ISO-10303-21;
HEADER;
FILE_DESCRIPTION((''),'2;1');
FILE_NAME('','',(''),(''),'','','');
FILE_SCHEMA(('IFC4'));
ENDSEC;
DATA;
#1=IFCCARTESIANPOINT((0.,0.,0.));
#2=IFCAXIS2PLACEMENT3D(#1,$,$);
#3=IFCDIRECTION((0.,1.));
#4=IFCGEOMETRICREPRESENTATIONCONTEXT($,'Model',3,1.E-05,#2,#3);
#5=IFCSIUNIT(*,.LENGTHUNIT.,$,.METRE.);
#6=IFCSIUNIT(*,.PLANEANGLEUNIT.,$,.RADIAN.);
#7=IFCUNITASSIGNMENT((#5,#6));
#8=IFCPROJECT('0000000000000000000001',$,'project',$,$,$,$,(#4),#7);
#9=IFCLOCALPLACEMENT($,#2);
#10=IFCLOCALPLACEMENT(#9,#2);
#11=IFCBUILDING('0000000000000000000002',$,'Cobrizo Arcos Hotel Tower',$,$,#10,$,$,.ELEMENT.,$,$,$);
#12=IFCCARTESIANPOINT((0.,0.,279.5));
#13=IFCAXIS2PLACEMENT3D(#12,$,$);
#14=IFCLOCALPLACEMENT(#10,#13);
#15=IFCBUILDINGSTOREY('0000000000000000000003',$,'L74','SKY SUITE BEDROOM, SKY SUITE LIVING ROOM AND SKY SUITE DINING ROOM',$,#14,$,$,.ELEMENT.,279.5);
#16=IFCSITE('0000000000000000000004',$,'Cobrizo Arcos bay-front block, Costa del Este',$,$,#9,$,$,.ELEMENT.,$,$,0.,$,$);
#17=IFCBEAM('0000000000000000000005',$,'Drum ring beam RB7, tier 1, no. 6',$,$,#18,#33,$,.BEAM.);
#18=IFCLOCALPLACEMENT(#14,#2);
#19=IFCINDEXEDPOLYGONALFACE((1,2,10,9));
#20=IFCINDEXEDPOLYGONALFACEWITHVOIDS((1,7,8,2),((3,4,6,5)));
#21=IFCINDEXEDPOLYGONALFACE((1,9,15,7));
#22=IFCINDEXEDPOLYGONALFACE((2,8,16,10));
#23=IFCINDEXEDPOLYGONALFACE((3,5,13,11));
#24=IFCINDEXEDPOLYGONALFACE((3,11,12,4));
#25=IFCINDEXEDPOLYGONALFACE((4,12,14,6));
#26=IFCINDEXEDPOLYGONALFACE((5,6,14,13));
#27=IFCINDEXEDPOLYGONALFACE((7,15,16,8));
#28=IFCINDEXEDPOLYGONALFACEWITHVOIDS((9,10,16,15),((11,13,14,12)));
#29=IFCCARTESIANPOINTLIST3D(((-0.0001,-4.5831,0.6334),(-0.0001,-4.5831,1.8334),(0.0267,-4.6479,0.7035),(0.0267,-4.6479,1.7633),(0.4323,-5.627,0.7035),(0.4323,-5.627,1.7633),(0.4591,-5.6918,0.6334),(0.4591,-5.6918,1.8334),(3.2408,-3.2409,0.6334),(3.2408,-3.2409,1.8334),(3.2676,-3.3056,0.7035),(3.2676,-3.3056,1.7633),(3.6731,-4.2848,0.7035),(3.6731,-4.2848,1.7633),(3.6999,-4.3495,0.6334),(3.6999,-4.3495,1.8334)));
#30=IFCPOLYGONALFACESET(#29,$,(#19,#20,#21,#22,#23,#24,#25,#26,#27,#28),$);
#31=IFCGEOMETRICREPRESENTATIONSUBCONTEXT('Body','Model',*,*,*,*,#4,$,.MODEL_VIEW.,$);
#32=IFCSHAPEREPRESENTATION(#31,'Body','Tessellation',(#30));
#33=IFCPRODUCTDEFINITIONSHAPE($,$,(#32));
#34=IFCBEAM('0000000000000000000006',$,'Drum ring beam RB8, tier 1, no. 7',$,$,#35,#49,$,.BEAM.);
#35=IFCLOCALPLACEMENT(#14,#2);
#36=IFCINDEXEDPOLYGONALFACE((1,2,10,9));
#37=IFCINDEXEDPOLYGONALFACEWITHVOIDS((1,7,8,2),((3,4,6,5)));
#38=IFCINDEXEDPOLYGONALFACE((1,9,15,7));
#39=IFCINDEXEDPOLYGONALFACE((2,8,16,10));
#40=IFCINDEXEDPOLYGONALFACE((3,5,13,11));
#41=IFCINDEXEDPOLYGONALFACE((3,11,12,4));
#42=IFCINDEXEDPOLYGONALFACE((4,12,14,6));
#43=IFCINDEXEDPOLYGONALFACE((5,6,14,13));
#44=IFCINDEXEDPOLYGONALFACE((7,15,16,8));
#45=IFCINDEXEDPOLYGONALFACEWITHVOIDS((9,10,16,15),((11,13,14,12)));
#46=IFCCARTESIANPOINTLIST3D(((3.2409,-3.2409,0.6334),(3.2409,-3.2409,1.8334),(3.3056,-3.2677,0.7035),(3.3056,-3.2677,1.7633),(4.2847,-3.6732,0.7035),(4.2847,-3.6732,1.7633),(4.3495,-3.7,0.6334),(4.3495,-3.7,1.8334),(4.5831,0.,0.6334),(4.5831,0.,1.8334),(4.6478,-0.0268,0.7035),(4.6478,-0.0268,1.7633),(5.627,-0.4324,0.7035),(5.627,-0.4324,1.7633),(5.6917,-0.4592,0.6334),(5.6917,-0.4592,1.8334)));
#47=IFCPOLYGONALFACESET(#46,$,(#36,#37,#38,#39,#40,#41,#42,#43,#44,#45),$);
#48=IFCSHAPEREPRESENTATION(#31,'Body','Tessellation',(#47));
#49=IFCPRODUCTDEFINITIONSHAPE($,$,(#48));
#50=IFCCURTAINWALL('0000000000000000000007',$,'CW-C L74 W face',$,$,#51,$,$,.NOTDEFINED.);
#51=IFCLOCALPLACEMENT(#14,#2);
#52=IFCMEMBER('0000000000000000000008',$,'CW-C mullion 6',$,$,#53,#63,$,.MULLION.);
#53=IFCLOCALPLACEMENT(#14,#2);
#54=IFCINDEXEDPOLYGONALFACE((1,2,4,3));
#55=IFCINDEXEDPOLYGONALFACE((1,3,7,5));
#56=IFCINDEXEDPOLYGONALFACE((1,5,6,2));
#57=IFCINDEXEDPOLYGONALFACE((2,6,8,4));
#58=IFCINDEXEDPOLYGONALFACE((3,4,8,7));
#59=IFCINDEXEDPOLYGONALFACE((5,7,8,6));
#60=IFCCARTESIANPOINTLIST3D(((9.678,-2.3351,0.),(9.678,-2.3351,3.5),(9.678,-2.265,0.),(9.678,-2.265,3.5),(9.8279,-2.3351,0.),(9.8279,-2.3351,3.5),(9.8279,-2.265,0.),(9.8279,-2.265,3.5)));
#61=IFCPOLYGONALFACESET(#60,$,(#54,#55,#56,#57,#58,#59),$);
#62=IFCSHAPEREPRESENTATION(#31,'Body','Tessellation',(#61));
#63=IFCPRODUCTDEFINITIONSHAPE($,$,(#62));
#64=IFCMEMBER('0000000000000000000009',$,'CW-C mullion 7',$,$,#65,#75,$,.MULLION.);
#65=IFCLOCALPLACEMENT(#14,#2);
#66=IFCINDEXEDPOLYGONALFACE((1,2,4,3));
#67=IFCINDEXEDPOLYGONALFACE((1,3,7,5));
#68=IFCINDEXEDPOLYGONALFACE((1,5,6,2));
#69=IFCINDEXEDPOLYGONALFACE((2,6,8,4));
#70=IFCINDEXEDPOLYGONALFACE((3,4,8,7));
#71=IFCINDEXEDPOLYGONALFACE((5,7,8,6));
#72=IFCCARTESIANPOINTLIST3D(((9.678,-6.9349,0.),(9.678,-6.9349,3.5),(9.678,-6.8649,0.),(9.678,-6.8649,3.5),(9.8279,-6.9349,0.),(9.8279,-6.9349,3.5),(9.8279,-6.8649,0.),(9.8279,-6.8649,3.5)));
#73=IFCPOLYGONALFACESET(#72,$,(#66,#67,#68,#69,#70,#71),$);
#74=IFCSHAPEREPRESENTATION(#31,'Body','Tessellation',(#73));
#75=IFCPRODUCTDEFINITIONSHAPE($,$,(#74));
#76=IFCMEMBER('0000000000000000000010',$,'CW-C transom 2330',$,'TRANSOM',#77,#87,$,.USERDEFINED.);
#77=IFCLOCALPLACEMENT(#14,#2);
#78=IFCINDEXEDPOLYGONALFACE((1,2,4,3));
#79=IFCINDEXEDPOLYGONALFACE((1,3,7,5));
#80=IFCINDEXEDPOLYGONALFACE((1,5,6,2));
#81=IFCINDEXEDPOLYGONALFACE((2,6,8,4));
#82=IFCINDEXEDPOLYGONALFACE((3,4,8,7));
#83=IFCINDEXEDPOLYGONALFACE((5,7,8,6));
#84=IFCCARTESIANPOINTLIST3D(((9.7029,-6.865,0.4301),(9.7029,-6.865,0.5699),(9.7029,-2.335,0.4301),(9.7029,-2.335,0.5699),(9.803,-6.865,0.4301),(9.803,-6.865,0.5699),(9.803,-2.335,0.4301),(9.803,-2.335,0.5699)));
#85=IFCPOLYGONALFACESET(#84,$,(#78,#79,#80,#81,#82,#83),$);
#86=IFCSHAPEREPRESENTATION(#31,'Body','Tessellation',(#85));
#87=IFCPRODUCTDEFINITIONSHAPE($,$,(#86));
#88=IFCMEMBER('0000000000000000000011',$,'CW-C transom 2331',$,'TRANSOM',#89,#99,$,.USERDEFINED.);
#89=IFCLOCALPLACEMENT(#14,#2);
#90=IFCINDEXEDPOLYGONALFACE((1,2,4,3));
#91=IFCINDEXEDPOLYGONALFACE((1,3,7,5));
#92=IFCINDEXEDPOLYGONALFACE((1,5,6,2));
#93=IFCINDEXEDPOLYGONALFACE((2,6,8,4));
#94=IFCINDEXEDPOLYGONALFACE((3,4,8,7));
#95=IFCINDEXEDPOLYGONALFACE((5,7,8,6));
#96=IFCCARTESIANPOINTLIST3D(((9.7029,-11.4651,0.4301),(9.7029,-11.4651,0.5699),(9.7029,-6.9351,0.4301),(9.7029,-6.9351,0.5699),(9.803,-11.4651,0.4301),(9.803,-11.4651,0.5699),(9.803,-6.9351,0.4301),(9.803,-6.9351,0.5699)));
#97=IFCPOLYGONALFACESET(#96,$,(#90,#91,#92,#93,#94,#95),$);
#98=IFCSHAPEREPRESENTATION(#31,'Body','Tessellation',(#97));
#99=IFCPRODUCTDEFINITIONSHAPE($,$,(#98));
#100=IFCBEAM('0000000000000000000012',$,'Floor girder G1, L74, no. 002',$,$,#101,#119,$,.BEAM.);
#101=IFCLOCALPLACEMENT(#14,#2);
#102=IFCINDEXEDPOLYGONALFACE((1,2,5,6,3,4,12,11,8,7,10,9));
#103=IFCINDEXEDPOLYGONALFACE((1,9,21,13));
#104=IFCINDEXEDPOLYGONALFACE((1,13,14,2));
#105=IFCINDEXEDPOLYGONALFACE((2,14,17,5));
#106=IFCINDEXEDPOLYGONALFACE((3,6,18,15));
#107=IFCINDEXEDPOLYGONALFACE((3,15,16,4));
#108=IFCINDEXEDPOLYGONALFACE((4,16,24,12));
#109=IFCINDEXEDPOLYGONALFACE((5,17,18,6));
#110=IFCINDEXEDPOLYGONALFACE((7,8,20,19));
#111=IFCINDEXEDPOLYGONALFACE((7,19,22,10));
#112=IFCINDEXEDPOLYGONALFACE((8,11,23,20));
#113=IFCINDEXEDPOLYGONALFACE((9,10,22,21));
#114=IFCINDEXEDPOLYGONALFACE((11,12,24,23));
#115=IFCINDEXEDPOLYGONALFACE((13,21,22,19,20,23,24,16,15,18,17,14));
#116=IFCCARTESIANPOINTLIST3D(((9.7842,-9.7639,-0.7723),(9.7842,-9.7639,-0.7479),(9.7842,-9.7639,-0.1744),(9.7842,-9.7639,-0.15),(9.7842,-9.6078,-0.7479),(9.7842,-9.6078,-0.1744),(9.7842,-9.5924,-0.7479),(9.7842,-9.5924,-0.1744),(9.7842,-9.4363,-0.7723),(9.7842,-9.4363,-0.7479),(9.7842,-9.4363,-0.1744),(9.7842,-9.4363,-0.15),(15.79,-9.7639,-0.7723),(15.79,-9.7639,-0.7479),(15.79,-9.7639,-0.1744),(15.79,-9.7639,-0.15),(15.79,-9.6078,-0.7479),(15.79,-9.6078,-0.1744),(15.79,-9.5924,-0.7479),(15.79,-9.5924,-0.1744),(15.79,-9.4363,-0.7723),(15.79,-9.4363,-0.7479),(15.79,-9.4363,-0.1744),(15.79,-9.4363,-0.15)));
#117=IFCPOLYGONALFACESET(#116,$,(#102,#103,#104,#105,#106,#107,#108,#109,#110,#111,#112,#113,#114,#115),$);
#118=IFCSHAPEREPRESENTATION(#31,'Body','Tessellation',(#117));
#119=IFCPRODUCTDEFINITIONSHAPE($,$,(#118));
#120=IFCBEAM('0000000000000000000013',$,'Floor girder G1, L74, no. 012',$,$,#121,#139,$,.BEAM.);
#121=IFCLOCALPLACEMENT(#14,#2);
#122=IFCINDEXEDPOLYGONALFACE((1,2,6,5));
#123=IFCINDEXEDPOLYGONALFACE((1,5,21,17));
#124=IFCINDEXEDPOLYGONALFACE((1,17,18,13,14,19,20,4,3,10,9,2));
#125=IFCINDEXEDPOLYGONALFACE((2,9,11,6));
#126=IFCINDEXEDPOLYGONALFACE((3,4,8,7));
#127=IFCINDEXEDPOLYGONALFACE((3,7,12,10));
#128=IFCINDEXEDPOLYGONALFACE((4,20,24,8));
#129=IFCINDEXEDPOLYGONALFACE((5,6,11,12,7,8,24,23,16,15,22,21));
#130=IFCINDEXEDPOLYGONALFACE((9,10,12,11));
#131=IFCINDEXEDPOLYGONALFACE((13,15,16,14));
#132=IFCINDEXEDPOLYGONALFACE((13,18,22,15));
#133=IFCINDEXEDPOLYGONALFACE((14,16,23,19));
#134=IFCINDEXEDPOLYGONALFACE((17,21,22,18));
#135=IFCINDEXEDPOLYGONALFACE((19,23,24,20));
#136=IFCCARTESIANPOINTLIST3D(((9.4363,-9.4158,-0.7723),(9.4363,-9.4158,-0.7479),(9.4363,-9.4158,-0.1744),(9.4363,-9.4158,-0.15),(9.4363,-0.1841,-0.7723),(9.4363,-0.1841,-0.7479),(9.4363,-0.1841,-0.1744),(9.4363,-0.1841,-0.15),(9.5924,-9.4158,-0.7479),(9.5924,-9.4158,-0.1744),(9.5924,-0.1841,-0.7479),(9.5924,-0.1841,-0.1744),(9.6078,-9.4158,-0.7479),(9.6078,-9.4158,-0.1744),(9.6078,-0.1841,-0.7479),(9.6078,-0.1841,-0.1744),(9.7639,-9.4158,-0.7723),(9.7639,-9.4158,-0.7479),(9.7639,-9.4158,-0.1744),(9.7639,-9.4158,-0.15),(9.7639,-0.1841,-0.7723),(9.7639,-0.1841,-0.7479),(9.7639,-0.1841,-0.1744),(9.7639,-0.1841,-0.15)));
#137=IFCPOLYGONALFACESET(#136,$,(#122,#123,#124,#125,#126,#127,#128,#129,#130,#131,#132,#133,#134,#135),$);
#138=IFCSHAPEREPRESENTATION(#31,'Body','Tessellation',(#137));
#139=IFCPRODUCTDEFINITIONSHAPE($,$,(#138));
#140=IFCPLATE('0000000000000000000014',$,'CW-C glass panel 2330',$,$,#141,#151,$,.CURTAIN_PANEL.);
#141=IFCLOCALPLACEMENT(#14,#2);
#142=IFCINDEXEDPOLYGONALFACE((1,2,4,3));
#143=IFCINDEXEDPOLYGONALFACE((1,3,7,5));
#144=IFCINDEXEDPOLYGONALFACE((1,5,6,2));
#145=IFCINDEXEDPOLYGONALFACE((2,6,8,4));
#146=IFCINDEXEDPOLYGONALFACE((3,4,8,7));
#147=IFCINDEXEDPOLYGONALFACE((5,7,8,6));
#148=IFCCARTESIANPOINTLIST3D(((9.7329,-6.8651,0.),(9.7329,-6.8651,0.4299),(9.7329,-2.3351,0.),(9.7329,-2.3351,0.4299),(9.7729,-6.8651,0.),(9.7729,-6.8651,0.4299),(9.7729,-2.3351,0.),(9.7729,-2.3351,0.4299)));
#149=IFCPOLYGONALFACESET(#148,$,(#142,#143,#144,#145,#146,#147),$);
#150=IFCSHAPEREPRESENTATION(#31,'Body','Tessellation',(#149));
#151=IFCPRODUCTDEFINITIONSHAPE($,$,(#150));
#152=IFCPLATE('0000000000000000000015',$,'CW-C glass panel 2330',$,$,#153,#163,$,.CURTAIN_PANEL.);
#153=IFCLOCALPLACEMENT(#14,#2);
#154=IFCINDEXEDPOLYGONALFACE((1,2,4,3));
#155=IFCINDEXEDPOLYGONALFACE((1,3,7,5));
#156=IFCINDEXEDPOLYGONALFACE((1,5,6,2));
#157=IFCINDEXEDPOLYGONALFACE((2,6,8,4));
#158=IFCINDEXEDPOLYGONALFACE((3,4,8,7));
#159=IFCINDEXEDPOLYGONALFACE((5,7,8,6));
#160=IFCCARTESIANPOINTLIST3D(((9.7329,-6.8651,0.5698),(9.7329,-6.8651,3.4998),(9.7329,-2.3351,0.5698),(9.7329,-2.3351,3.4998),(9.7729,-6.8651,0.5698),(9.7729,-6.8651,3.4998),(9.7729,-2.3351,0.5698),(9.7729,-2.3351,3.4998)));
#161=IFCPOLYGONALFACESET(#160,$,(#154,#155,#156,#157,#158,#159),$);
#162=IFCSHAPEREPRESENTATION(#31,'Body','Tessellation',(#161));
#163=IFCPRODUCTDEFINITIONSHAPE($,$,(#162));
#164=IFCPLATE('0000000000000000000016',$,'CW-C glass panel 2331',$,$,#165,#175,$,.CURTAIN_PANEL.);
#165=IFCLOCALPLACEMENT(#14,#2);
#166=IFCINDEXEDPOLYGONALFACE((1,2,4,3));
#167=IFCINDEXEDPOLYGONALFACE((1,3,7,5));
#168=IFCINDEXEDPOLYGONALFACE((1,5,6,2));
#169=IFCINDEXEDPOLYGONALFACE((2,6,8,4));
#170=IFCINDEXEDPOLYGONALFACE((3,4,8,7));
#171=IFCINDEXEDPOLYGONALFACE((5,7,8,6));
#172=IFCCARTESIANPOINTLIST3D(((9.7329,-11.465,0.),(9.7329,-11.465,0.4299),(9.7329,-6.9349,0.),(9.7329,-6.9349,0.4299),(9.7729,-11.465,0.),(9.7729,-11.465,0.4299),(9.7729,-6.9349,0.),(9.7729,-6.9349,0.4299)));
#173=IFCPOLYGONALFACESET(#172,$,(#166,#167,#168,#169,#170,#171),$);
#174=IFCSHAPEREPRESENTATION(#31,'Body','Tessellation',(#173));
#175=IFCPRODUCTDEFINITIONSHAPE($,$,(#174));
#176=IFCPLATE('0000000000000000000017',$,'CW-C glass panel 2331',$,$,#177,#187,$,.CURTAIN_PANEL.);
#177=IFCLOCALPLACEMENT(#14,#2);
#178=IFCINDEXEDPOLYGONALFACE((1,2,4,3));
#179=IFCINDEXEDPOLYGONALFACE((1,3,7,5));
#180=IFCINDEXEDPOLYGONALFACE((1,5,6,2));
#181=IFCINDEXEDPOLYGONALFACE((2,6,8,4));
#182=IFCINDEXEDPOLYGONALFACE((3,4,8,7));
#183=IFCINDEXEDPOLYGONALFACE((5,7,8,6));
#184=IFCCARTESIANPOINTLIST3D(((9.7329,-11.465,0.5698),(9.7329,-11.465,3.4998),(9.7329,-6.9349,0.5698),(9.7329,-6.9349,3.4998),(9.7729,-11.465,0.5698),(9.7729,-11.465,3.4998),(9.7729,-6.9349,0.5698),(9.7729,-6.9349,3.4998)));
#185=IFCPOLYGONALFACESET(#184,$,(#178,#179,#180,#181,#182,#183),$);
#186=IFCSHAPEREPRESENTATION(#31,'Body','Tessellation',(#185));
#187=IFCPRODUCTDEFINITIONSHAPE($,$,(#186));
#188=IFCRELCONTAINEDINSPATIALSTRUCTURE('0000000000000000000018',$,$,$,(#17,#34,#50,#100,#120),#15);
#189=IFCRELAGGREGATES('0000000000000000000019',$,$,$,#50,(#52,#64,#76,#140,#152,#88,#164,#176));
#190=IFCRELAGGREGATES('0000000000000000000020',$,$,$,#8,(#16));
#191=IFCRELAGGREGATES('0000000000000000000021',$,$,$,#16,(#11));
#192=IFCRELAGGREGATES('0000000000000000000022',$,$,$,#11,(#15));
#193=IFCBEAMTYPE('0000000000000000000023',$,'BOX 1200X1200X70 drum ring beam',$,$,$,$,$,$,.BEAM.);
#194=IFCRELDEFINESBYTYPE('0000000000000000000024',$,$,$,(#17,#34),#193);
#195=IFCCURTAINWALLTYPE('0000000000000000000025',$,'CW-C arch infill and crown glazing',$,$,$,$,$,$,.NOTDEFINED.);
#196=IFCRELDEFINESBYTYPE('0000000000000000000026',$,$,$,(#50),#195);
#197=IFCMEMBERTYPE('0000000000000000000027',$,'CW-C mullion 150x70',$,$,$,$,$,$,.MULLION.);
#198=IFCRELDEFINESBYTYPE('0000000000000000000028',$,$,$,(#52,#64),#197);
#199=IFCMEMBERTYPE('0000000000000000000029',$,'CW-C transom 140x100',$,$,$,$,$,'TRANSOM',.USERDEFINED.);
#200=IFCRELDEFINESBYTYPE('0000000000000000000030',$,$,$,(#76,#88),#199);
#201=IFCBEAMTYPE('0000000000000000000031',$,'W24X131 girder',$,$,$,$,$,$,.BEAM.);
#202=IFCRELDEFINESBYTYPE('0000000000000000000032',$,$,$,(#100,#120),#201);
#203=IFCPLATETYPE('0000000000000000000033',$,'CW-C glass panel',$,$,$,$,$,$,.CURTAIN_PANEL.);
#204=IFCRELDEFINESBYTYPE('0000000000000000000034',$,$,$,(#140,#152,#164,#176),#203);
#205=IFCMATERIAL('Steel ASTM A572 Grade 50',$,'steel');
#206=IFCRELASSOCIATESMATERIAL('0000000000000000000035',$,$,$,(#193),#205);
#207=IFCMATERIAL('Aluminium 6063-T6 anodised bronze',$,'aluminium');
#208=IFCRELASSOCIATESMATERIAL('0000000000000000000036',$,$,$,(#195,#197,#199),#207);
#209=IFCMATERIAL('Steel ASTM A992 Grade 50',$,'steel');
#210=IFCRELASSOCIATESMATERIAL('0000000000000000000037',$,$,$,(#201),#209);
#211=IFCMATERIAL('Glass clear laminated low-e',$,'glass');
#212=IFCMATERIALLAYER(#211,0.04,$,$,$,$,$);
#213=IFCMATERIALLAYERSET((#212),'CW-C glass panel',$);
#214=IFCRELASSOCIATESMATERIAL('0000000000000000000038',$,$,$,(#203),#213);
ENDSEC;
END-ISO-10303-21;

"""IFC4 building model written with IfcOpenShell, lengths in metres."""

from ifc_helpers import new_model, si_unit, direction, frame, origin, origin_2d, place, context, subcontext, project, spatial, rectangle, hollow_rectangle, i_section, extrude, material, layer, layer_set, material_profile, profile_set, type_object, element, aggregate, save


model = new_model("IFC4")

# Units and contexts
model_context = context("Model", 3, precision=1e-05, world=origin(), true_north=direction((0.0, 1.0)))
body_context = subcontext(model_context, "Body", "Model", "MODEL_VIEW")
ifc_project = project(units=[si_unit("LENGTHUNIT", "METRE"), si_unit("PLANEANGLEUNIT", "RADIAN")], contexts=[model_context])

# Site, building, storey
site_placement = place(None, origin())
site = spatial("IfcSite", under=ifc_project, at=site_placement, Name="Cobrizo Arcos bay-front block, Costa del Este", CompositionType="ELEMENT", RefElevation=0.0)
building_placement = place(site_placement, origin())
building = spatial("IfcBuilding", under=site, at=building_placement, Name="Cobrizo Arcos Hotel Tower", CompositionType="ELEMENT")
storey_placement = place(building_placement, frame((0.0, 0.0, 279.5)))
storey = spatial("IfcBuildingStorey", under=building, at=storey_placement, Name="L74", Description="SKY SUITE BEDROOM, SKY SUITE LIVING ROOM AND SKY SUITE DINING ROOM", CompositionType="ELEMENT", Elevation=279.5)

# Beams
ifc_material_1 = material(Name="Steel ASTM A572 Grade 50", Category="steel")
ifc_material_profile_1 = material_profile(ifc_material_1, hollow_rectangle(XDim=1.2, YDim=1.2, WallThickness=0.0701, at=origin_2d()), Name="BOX 1200X1200X70")
ifc_profile_set_1 = profile_set([ifc_material_profile_1], Name="Steel ASTM A572 Grade 50")
beam_type_1 = type_object("IfcBeamType", Name="BOX 1200X1200X70 drum ring beam", PredefinedType="BEAM", material=ifc_profile_set_1)
for number, where, z_axis, x_axis, name in (
    (1, (0.2295, -5.1375, 1.2334), (0.923896, 0.382643, 0.0), (-0.382643, 0.923896, 0.0), "Drum ring beam RB7, tier 1, no. 6"),
    (2, (3.7952, -3.4705, 1.2334), (0.382643, 0.923896, 0.0), (-0.923896, 0.382643, 0.0), "Drum ring beam RB8, tier 1, no. 7"),
):
    element("IfcBeam", number, at=place(storey_placement, frame(where, z_axis=z_axis, x_axis=x_axis)), inside=storey, type_object=beam_type_1, Name=name, PredefinedType="BEAM", context=body_context, shape_type="SweptSolid", body=[
        extrude(hollow_rectangle(XDim=1.2, YDim=1.2, WallThickness=0.0701, at=origin_2d()), origin(), (0.0, 0.0, 1.0), 3.5078),
    ])

# Curtain wall, members
ifc_material_2 = material(Name="Aluminium 6063-T6 anodised bronze", Category="aluminium")
curtain_wall_type = type_object("IfcCurtainWallType", Name="CW-C arch infill and crown glazing", PredefinedType="NOTDEFINED", material=ifc_material_2)
curtain_wall_placement = place(storey_placement, origin())
curtain_wall = element("IfcCurtainWall", 3, at=curtain_wall_placement, inside=storey, type_object=curtain_wall_type, Name="CW-C L74 W face", PredefinedType="NOTDEFINED")
ifc_material_profile_2 = material_profile(ifc_material_2, rectangle(XDim=0.1499, YDim=0.0701, at=origin_2d()), Name="CW-C mullion 150x70")
ifc_profile_set_2 = profile_set([ifc_material_profile_2], Name="Aluminium 6063-T6 anodised bronze")
member_type_1 = type_object("IfcMemberType", Name="CW-C mullion 150x70", PredefinedType="MULLION", material=ifc_profile_set_2)
member_1_placement = place(storey_placement, frame((9.7529, -2.3, 0.0), z_axis=(0.0, 0.0, 1.0), x_axis=(-1.0, 0.0, 0.0)))
member_1 = element("IfcMember", 4, at=member_1_placement, type_object=member_type_1, Name="CW-C mullion 6", PredefinedType="MULLION", context=body_context, shape_type="SweptSolid", body=[
    extrude(rectangle(XDim=0.1499, YDim=0.0701, at=origin_2d()), origin(), (0.0, 0.0, 1.0), 3.5),
])
member_2_placement = place(storey_placement, frame((9.7529, -6.8999, 0.0), z_axis=(0.0, 0.0, 1.0), x_axis=(-1.0, 0.0, 0.0)))
member_2 = element("IfcMember", 5, at=member_2_placement, type_object=member_type_1, Name="CW-C mullion 7", PredefinedType="MULLION", context=body_context, shape_type="SweptSolid", body=[
    extrude(rectangle(XDim=0.1499, YDim=0.0701, at=origin_2d()), origin(), (0.0, 0.0, 1.0), 3.5),
])
ifc_material_profile_3 = material_profile(ifc_material_2, rectangle(XDim=0.1001, YDim=0.1399, at=origin_2d()), Name="CW-C transom 140x100")
ifc_profile_set_3 = profile_set([ifc_material_profile_3], Name="Aluminium 6063-T6 anodised bronze")
member_type_2 = type_object("IfcMemberType", Name="CW-C transom 140x100", ElementType="TRANSOM", PredefinedType="USERDEFINED", material=ifc_profile_set_3)
member_3_placement = place(storey_placement, frame((9.7529, -2.335, 0.5), z_axis=(0.0, -1.0, 0.0), x_axis=(1.0, 0.0, 0.0)))
member_3 = element("IfcMember", 6, at=member_3_placement, type_object=member_type_2, Name="CW-C transom 2330", ObjectType="TRANSOM", PredefinedType="USERDEFINED", context=body_context, shape_type="SweptSolid", body=[
    extrude(rectangle(XDim=0.1001, YDim=0.1399, at=origin_2d()), origin(), (0.0, 0.0, 1.0), 4.53),
])
member_4_placement = place(storey_placement, frame((9.7529, -6.9351, 0.5), z_axis=(0.0, -1.0, 0.0), x_axis=(1.0, 0.0, 0.0)))
member_4 = element("IfcMember", 7, at=member_4_placement, type_object=member_type_2, Name="CW-C transom 2331", ObjectType="TRANSOM", PredefinedType="USERDEFINED", context=body_context, shape_type="SweptSolid", body=[
    extrude(rectangle(XDim=0.1001, YDim=0.1399, at=origin_2d()), origin(), (0.0, 0.0, 1.0), 4.53),
])

# Beams
ifc_material_3 = material(Name="Steel ASTM A992 Grade 50", Category="steel")
ifc_material_profile_4 = material_profile(ifc_material_3, i_section(OverallWidth=0.3276, OverallDepth=0.6223, WebThickness=0.0154, FlangeThickness=0.0244, at=origin_2d()), Name="W24X131")
ifc_profile_set_4 = profile_set([ifc_material_profile_4], Name="Steel ASTM A992 Grade 50")
beam_type_2 = type_object("IfcBeamType", Name="W24X131 girder", PredefinedType="BEAM", material=ifc_profile_set_4)
beam_1_placement = place(storey_placement, frame((9.7842, -9.6001, -0.4612), z_axis=(1.0, 0.0, 0.0), x_axis=(0.0, 1.0, 0.0)))
element("IfcBeam", 8, at=beam_1_placement, inside=storey, type_object=beam_type_2, Name="Floor girder G1, L74, no. 002", PredefinedType="BEAM", context=body_context, shape_type="SweptSolid", body=[
    extrude(i_section(OverallWidth=0.3276, OverallDepth=0.6223, WebThickness=0.0154, FlangeThickness=0.0244, at=origin_2d()), origin(), (0.0, 0.0, 1.0), 6.0059),
])
beam_2_placement = place(storey_placement, frame((9.6001, -9.4158, -0.4612), z_axis=(0.0, 1.0, 0.0), x_axis=(-1.0, 0.0, 0.0)))
element("IfcBeam", 9, at=beam_2_placement, inside=storey, type_object=beam_type_2, Name="Floor girder G1, L74, no. 012", PredefinedType="BEAM", context=body_context, shape_type="SweptSolid", body=[
    extrude(i_section(OverallWidth=0.3276, OverallDepth=0.6223, WebThickness=0.0154, FlangeThickness=0.0244, at=origin_2d()), origin(), (0.0, 0.0, 1.0), 9.2317),
])

# Plates
ifc_material_4 = material(Name="Glass clear laminated low-e", Category="glass")
ifc_layer_1 = layer(ifc_material_4, 0.04)
ifc_layer_set_1 = layer_set([ifc_layer_1], Name="CW-C glass panel")
plate_type = type_object("IfcPlateType", Name="CW-C glass panel", PredefinedType="CURTAIN_PANEL", material=ifc_layer_set_1)
plate_1_placement = place(storey_placement, frame((9.7529, -4.6001, 0.0), z_axis=(0.0, 0.0, 1.0), x_axis=(0.0, -1.0, 0.0)))
plate_1 = element("IfcPlate", 10, at=plate_1_placement, type_object=plate_type, Name="CW-C glass panel 2330", PredefinedType="CURTAIN_PANEL", context=body_context, shape_type="SweptSolid", body=[
    extrude(rectangle(XDim=4.53, YDim=0.04, at=origin_2d()), origin(), (0.0, 0.0, 1.0), 0.4299),
])
plate_2_placement = place(storey_placement, frame((9.7529, -4.6001, 0.5698), z_axis=(0.0, 0.0, 1.0), x_axis=(0.0, -1.0, 0.0)))
plate_2 = element("IfcPlate", 11, at=plate_2_placement, type_object=plate_type, Name="CW-C glass panel 2330", PredefinedType="CURTAIN_PANEL", context=body_context, shape_type="SweptSolid", body=[
    extrude(rectangle(XDim=4.53, YDim=0.04, at=origin_2d()), origin(), (0.0, 0.0, 1.0), 2.9299),
])
plate_3_placement = place(storey_placement, frame((9.7529, -9.2, 0.0), z_axis=(0.0, 0.0, 1.0), x_axis=(0.0, -1.0, 0.0)))
plate_3 = element("IfcPlate", 12, at=plate_3_placement, type_object=plate_type, Name="CW-C glass panel 2331", PredefinedType="CURTAIN_PANEL", context=body_context, shape_type="SweptSolid", body=[
    extrude(rectangle(XDim=4.53, YDim=0.04, at=origin_2d()), origin(), (0.0, 0.0, 1.0), 0.4299),
])
plate_4_placement = place(storey_placement, frame((9.7529, -9.2, 0.5698), z_axis=(0.0, 0.0, 1.0), x_axis=(0.0, -1.0, 0.0)))
plate_4 = element("IfcPlate", 13, at=plate_4_placement, type_object=plate_type, Name="CW-C glass panel 2331", PredefinedType="CURTAIN_PANEL", context=body_context, shape_type="SweptSolid", body=[
    extrude(rectangle(XDim=4.53, YDim=0.04, at=origin_2d()), origin(), (0.0, 0.0, 1.0), 2.9299),
])
aggregate(curtain_wall, [member_1, member_2, member_3, plate_1, plate_2, member_4, plate_3, plate_4])

save(model, "model.ifc")
